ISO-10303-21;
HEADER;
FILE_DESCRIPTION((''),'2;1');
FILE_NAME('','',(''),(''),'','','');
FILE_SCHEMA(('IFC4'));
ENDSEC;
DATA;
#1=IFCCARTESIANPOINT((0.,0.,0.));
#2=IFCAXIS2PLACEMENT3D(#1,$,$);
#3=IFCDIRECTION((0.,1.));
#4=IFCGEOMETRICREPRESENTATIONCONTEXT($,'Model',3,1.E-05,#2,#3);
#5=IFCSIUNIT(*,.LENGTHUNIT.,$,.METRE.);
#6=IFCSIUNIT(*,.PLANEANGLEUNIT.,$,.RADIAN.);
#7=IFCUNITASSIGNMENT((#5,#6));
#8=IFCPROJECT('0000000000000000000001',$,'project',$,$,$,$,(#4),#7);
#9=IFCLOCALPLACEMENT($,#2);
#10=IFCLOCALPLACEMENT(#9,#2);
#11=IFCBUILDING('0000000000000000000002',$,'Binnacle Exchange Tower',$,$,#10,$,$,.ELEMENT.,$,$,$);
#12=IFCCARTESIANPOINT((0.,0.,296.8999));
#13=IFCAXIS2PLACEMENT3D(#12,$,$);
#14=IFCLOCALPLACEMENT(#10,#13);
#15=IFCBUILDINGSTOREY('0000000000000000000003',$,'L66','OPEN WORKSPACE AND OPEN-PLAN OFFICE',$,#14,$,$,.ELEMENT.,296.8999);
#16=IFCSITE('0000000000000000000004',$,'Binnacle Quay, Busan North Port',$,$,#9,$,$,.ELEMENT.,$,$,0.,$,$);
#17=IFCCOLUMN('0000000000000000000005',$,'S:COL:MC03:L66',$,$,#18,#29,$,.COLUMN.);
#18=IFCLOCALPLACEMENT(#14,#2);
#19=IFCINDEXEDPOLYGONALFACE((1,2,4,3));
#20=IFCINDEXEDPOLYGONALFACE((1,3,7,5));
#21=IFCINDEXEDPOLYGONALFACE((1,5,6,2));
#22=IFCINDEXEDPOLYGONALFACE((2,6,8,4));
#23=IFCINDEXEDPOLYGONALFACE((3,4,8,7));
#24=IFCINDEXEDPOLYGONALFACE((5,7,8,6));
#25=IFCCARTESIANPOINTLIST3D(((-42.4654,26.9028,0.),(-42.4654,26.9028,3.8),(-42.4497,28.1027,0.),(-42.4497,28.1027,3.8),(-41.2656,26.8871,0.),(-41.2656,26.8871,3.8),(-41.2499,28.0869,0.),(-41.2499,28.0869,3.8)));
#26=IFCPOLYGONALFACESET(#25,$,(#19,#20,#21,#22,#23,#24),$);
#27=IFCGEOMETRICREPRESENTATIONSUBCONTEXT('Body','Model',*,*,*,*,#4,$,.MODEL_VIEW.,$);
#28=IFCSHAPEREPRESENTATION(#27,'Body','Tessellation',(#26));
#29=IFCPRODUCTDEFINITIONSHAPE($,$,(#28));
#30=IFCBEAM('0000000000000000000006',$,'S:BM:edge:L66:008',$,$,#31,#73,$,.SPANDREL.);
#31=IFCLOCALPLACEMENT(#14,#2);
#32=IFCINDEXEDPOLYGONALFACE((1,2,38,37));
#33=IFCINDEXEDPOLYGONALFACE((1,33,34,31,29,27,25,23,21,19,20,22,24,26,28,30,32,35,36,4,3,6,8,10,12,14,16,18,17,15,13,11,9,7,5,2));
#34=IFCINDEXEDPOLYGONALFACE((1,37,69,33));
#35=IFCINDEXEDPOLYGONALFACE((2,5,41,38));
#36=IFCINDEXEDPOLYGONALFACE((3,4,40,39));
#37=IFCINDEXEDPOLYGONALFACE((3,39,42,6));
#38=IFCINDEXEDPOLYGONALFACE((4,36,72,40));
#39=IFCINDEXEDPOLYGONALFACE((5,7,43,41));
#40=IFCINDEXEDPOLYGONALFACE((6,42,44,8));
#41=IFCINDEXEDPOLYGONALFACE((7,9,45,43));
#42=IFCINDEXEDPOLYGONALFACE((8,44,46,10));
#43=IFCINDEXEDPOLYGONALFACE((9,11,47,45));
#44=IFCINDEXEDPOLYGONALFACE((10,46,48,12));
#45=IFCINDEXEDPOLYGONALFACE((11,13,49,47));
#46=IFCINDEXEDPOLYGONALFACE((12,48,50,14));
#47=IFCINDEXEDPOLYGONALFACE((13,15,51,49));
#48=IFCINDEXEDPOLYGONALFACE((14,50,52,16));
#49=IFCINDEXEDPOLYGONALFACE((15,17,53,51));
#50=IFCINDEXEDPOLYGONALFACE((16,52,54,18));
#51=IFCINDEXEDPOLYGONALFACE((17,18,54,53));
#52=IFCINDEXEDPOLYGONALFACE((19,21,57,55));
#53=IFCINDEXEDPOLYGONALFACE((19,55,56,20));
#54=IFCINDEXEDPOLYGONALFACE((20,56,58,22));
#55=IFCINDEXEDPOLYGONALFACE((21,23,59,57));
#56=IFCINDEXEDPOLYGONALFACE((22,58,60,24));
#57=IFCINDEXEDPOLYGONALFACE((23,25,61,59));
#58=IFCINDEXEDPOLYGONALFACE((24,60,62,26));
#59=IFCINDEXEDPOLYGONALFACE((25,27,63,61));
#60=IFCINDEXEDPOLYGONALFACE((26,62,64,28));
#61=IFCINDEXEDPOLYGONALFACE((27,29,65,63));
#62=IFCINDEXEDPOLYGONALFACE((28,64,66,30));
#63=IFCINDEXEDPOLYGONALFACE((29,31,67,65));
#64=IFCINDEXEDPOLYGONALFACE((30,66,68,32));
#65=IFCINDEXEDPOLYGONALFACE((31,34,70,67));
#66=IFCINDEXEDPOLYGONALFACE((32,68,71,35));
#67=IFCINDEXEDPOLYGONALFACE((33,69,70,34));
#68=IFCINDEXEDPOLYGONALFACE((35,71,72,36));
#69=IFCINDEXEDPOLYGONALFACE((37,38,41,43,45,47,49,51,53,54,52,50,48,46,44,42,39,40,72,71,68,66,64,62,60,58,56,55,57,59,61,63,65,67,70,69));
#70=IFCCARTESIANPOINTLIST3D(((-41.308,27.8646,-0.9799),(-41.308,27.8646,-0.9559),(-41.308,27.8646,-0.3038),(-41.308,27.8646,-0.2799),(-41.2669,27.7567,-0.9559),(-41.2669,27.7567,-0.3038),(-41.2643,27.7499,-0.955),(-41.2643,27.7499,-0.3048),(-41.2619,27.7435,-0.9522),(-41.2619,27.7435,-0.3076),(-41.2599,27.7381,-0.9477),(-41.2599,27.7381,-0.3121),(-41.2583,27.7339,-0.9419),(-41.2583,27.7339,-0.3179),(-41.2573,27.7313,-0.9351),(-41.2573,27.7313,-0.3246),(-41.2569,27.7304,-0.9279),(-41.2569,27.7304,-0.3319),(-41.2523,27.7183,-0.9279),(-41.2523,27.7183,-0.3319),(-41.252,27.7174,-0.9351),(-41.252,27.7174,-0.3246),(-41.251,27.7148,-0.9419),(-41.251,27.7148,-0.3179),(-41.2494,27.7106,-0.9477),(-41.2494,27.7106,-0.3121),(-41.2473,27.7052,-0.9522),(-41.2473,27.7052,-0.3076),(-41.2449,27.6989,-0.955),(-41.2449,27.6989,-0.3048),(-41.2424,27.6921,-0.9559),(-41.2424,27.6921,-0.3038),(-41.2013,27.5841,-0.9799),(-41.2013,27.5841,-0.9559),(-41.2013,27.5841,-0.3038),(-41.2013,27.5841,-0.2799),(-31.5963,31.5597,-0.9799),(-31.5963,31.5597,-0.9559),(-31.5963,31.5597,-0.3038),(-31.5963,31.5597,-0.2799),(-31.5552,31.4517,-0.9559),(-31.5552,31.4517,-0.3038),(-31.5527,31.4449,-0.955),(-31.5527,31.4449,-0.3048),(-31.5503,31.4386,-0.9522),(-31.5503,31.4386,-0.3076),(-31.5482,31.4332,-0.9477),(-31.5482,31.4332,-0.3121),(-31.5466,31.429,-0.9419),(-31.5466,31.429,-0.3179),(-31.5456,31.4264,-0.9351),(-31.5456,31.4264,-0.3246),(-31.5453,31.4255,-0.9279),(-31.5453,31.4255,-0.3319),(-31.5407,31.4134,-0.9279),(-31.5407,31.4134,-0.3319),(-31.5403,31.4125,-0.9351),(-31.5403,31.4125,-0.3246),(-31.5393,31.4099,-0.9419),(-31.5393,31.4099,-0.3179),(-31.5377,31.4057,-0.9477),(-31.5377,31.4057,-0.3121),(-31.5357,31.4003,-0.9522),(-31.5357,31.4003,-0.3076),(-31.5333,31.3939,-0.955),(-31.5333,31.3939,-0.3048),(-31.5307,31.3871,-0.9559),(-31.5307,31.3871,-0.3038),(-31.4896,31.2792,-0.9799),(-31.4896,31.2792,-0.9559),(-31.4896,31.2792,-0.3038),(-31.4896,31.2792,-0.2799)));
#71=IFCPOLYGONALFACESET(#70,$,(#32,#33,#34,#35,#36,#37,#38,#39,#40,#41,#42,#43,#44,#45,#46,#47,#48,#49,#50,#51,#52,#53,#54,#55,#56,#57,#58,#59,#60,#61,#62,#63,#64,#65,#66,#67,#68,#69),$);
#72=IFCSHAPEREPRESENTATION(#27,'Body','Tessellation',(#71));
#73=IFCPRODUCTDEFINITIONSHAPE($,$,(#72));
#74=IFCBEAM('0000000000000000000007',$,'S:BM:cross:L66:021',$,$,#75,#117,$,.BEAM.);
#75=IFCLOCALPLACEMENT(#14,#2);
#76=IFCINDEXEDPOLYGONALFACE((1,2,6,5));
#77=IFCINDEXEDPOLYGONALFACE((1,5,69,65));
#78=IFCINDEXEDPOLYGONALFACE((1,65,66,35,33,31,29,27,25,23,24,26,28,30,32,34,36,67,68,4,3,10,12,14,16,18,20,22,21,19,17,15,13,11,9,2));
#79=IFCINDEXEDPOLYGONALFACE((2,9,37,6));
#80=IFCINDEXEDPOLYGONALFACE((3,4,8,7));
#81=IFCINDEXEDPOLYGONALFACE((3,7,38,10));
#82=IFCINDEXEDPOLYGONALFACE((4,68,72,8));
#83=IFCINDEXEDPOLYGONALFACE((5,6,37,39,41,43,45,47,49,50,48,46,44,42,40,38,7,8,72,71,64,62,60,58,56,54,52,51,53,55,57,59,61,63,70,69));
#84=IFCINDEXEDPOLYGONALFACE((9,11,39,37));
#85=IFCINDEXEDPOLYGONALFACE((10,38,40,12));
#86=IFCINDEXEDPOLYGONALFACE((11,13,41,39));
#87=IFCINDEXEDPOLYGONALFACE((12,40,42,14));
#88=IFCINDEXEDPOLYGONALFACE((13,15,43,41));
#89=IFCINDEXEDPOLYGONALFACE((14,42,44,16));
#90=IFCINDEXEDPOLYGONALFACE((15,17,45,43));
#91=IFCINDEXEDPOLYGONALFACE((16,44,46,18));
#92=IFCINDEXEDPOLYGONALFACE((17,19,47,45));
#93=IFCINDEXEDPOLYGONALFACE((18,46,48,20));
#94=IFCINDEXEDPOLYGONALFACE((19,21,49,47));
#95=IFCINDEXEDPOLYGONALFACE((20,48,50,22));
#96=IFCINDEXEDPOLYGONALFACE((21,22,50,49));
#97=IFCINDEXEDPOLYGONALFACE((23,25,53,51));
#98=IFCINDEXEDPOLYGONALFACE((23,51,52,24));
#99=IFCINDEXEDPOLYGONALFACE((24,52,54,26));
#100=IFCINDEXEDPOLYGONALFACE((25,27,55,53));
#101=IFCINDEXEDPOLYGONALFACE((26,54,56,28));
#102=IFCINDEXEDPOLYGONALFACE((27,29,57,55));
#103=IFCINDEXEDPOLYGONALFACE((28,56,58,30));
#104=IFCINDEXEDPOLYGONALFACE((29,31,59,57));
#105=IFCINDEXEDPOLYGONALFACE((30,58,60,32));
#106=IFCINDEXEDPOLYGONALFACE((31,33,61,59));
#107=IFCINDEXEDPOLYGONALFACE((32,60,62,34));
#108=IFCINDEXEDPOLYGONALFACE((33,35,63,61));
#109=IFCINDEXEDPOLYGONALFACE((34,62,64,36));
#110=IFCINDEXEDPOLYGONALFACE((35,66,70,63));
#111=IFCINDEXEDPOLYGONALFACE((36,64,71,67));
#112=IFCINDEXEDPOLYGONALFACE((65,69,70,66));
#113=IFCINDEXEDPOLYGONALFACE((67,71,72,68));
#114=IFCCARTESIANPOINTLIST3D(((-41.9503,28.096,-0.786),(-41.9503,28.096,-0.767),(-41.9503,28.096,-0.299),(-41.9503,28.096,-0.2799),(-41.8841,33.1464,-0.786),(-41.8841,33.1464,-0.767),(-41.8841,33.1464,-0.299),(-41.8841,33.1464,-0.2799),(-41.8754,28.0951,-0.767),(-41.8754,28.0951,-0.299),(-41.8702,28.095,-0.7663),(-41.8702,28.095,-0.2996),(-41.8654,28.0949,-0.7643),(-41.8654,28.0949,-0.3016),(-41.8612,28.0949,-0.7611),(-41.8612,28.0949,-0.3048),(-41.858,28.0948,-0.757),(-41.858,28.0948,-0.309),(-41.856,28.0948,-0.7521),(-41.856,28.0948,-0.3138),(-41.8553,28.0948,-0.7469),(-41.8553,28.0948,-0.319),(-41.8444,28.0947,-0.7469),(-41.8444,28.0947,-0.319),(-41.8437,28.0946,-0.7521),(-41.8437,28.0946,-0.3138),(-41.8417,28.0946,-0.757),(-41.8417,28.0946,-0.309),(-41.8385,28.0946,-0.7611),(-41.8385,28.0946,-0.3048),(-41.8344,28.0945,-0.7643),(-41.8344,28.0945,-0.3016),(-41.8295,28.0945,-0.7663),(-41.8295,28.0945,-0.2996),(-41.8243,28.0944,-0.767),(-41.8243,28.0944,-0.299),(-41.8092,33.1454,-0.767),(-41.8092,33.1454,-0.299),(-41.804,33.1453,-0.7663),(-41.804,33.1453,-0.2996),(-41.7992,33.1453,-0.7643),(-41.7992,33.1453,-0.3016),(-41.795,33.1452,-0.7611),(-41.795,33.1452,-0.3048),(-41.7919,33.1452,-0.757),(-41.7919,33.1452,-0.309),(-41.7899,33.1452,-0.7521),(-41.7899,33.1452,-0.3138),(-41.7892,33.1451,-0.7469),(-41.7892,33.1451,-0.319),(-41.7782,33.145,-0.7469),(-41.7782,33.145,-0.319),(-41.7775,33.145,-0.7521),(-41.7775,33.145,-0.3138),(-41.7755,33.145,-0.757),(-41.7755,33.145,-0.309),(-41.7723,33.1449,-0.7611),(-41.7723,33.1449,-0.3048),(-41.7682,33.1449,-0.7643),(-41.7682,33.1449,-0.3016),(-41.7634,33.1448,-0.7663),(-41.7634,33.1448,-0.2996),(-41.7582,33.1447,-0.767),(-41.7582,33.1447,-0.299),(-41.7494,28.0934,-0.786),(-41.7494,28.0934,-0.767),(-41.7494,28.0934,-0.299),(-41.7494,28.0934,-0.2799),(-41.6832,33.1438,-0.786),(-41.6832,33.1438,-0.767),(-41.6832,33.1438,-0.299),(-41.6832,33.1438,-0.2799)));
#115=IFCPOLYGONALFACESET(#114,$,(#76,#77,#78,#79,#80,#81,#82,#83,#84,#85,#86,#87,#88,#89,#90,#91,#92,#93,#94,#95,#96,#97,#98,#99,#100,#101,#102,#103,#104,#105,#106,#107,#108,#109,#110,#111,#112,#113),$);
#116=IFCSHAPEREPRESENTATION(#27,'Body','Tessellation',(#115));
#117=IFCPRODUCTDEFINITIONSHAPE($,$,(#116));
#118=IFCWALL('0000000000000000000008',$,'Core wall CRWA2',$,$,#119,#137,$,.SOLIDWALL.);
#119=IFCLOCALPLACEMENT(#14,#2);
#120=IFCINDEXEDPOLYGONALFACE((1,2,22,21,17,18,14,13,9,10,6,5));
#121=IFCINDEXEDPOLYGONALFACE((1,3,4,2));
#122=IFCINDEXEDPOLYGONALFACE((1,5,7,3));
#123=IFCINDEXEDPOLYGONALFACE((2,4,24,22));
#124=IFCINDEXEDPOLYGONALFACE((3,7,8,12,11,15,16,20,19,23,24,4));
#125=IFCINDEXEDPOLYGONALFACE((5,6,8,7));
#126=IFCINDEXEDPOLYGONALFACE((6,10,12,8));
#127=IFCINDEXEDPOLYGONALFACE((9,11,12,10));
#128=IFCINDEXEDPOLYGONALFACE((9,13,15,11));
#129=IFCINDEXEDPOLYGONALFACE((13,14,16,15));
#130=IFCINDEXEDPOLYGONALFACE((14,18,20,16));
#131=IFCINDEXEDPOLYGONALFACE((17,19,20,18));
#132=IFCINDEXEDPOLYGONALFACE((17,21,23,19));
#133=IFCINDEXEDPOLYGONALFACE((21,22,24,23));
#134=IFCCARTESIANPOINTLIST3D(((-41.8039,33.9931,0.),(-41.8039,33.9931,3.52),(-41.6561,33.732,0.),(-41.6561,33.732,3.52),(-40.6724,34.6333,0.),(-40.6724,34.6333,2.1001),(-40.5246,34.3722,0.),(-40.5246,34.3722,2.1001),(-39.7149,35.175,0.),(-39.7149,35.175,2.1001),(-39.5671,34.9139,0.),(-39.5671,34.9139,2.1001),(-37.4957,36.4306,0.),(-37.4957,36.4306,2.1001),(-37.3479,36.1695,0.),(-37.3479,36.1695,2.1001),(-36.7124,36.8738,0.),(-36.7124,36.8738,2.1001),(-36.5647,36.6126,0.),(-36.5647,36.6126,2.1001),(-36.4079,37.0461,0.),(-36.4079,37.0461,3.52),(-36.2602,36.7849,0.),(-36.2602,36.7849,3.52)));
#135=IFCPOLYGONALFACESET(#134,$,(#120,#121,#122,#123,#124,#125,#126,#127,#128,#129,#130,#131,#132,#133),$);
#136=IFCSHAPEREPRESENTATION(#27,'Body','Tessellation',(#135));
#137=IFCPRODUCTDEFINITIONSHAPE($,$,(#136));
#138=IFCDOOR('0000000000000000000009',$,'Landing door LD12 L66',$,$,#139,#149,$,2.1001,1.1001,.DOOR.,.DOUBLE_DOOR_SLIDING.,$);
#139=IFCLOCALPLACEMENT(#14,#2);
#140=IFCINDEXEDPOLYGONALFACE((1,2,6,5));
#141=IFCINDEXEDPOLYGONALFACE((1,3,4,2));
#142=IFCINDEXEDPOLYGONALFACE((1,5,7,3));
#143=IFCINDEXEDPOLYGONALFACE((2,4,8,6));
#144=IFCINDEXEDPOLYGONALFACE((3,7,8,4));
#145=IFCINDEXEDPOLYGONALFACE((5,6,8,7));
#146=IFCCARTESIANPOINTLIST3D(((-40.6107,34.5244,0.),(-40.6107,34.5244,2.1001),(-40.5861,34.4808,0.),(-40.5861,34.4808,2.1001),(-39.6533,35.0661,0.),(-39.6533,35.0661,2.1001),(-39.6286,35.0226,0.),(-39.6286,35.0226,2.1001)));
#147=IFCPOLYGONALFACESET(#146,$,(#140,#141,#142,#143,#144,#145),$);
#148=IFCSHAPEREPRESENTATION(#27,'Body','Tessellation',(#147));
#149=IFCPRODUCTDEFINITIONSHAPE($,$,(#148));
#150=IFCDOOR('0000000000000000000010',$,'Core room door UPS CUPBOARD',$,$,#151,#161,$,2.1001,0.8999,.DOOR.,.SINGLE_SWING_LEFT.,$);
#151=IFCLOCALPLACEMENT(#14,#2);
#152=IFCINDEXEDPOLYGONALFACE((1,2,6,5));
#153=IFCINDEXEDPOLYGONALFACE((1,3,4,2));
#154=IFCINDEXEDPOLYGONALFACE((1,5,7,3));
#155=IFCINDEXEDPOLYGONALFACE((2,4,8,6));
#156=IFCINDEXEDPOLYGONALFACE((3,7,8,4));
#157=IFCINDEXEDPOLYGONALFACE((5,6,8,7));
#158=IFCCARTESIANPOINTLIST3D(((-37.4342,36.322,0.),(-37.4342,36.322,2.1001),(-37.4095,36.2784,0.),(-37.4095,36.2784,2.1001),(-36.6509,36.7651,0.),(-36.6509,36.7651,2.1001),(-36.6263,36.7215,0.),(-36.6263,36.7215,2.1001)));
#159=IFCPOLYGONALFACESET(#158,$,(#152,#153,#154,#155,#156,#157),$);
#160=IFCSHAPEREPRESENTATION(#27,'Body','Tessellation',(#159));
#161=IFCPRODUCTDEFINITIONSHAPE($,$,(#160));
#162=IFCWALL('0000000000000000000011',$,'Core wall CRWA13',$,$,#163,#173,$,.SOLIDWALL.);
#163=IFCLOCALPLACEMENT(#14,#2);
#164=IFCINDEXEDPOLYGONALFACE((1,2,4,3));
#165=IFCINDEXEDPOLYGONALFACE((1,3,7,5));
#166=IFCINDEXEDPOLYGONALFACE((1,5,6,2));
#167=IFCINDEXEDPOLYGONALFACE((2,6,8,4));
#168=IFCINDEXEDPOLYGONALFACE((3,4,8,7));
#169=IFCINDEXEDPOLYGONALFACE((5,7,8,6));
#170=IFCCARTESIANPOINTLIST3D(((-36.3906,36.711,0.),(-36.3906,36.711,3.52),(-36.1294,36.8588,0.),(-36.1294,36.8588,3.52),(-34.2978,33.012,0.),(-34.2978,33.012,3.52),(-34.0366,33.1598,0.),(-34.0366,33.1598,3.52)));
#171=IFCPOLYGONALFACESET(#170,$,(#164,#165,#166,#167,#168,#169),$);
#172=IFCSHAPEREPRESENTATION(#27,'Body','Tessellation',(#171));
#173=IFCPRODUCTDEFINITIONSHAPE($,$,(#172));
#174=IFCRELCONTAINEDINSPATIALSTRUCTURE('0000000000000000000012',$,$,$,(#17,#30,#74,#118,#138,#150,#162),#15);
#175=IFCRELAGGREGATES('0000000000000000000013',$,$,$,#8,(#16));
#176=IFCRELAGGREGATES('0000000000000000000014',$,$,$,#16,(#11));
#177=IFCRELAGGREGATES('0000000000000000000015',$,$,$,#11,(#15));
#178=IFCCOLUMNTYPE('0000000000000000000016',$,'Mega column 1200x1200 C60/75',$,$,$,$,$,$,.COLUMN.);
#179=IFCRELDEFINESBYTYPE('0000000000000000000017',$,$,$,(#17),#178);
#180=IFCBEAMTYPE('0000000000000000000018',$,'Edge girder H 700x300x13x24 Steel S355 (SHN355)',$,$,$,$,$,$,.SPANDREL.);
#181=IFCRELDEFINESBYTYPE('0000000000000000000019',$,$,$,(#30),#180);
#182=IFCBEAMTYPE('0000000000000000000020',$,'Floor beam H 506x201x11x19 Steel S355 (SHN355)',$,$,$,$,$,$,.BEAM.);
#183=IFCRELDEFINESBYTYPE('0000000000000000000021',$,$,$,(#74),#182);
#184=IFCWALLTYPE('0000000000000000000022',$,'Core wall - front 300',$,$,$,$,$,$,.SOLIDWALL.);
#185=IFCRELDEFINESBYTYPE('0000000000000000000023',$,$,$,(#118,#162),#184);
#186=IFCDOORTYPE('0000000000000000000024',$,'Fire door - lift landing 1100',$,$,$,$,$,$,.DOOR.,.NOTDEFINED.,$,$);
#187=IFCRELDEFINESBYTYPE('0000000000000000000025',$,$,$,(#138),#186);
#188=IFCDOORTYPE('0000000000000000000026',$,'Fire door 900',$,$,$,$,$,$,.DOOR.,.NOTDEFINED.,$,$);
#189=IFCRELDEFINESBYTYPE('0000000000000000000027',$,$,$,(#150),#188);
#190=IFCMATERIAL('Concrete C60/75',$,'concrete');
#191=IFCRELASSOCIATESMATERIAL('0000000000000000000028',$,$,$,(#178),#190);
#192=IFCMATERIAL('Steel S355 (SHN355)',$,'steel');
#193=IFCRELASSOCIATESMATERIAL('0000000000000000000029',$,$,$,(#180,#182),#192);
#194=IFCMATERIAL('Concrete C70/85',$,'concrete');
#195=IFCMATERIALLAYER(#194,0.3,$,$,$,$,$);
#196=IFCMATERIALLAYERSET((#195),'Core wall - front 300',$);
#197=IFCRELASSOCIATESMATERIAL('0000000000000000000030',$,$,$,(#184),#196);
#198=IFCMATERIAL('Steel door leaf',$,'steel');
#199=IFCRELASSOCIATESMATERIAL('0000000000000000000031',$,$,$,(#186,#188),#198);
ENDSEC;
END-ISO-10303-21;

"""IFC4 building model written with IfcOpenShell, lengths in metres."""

from ifc_helpers import new_model, si_unit, direction, frame, frame_2d, origin, origin_2d, place, context, subcontext, project, spatial, rectangle, i_section, extrude, material, layer, layer_set, material_profile, profile_set, type_object, element, fill, save


model = new_model("IFC4")

# Units and contexts
model_context = context("Model", 3, precision=1e-05, world=origin(), true_north=direction((0.0, 1.0)))
body_context = subcontext(model_context, "Body", "Model", "MODEL_VIEW")
ifc_project = project(units=[si_unit("LENGTHUNIT", "METRE"), si_unit("PLANEANGLEUNIT", "RADIAN")], contexts=[model_context])

# Site, building, storey
site_placement = place(None, origin())
site = spatial("IfcSite", under=ifc_project, at=site_placement, Name="Binnacle Quay, Busan North Port", CompositionType="ELEMENT", RefElevation=0.0)
building_placement = place(site_placement, origin())
building = spatial("IfcBuilding", under=site, at=building_placement, Name="Binnacle Exchange Tower", CompositionType="ELEMENT")
storey_placement = place(building_placement, frame((0.0, 0.0, 296.8999)))
storey = spatial("IfcBuildingStorey", under=building, at=storey_placement, Name="L66", Description="OPEN WORKSPACE AND OPEN-PLAN OFFICE", CompositionType="ELEMENT", Elevation=296.8999)

# Column
ifc_material_1 = material(Name="Concrete C60/75", Category="concrete")
ifc_material_profile_1 = material_profile(ifc_material_1, rectangle(XDim=1.2, YDim=1.2, at=origin_2d()), Name="Mega column 1200x1200 C60/75")
ifc_profile_set_1 = profile_set([ifc_material_profile_1], Name="Concrete C60/75")
column_type = type_object("IfcColumnType", Name="Mega column 1200x1200 C60/75", PredefinedType="COLUMN", material=ifc_profile_set_1)
column_placement = place(storey_placement, frame((-41.8577, 27.4949, 0.0), z_axis=(0.0, 0.0, 1.0), x_axis=(0.999914, -0.01309, 0.0)))
element("IfcColumn", 1, at=column_placement, inside=storey, type_object=column_type, Name="S:COL:MC03:L66", PredefinedType="COLUMN", context=body_context, shape_type="SweptSolid", body=[
    extrude(rectangle(XDim=1.2, YDim=1.2, at=origin_2d()), origin(), (0.0, 0.0, 1.0), 3.8),
])

# Beams
ifc_material_2 = material(Name="Steel S355 (SHN355)", Category="steel")
ifc_material_profile_2 = material_profile(ifc_material_2, i_section(OverallWidth=0.3, OverallDepth=0.7, WebThickness=0.0129, FlangeThickness=0.0239, FilletRadius=0.0281, at=origin_2d()), Name="H 700x300x13x24")
ifc_profile_set_2 = profile_set([ifc_material_profile_2], Name="Steel S355 (SHN355)")
beam_type_1 = type_object("IfcBeamType", Name="Edge girder H 700x300x13x24 Steel S355 (SHN355)", PredefinedType="SPANDREL", material=ifc_profile_set_2)
beam_1_placement = place(storey_placement, frame((-41.2546, 27.7244, -0.6299), z_axis=(0.934635, 0.355607, 0.0), x_axis=(-0.355607, 0.934635, 0.0)))
element("IfcBeam", 2, at=beam_1_placement, inside=storey, type_object=beam_type_1, Name="S:BM:edge:L66:008", PredefinedType="SPANDREL", context=body_context, shape_type="SweptSolid", body=[
    extrude(i_section(OverallWidth=0.3, OverallDepth=0.7, WebThickness=0.0129, FlangeThickness=0.0239, FilletRadius=0.0281, at=origin_2d()), origin(), (0.0, 0.0, 1.0), 10.3909),
])
ifc_material_profile_3 = material_profile(ifc_material_2, i_section(OverallWidth=0.2009, OverallDepth=0.5061, WebThickness=0.011, FlangeThickness=0.019, FilletRadius=0.02, at=origin_2d()), Name="H 506x201x11x19")
ifc_profile_set_3 = profile_set([ifc_material_profile_3], Name="Steel S355 (SHN355)")
beam_type_2 = type_object("IfcBeamType", Name="Floor beam H 506x201x11x19 Steel S355 (SHN355)", PredefinedType="BEAM", material=ifc_profile_set_3)
beam_2_placement = place(storey_placement, frame((-41.8499, 28.0947, -0.533), z_axis=(0.0131, 0.999914, 0.0), x_axis=(-0.999914, 0.0131, 0.0)))
element("IfcBeam", 3, at=beam_2_placement, inside=storey, type_object=beam_type_2, Name="S:BM:cross:L66:021", PredefinedType="BEAM", context=body_context, shape_type="SweptSolid", body=[
    extrude(i_section(OverallWidth=0.2009, OverallDepth=0.5061, WebThickness=0.011, FlangeThickness=0.019, FilletRadius=0.02, at=origin_2d()), origin(), (0.0, 0.0, 1.0), 5.0508),
])

# Wall, openings, doors
ifc_material_3 = material(Name="Concrete C70/85", Category="concrete")
ifc_layer_1 = layer(ifc_material_3, 0.3)
ifc_layer_set_1 = layer_set([ifc_layer_1], Name="Core wall - front 300")
wall_type_1 = type_object("IfcWallType", Name="Core wall - front 300", PredefinedType="SOLIDWALL", material=ifc_layer_set_1)
wall_1_placement = place(storey_placement, frame((-41.73, 33.8625, 0.0), z_axis=(0.0, 0.0, 1.0), x_axis=(0.870351, 0.492432, 0.0)))
wall_1 = element("IfcWall", 4, at=wall_1_placement, inside=storey, type_object=wall_type_1, Name="Core wall CRWA2", PredefinedType="SOLIDWALL", context=body_context, shape_type="SweptSolid", body=[
    extrude(rectangle(XDim=6.1997, YDim=0.3, at=frame_2d((3.0999, 0.0))), origin(), (0.0, 0.0, 1.0), 3.52),
])
opening_1_placement = place(wall_1_placement, frame((1.3, 0.0, 0.0)))
opening_1 = element("IfcOpeningElement", 5, at=opening_1_placement, cuts=wall_1, PredefinedType="OPENING", context=body_context, shape_type="SweptSolid", body=[
    extrude(rectangle(XDim=1.1001, YDim=2.1001, at=frame_2d((0.55, 1.05))), frame((0.0, 0.1599, 0.0), z_axis=(0.0, -1.0, 0.0), x_axis=(1.0, 0.0, 0.0)), (0.0, 0.0, 1.0), 0.3201),
])
opening_2_placement = place(wall_1_placement, frame((4.95, 0.0, 0.0)))
opening_2 = element("IfcOpeningElement", 6, at=opening_2_placement, cuts=wall_1, PredefinedType="OPENING", context=body_context, shape_type="SweptSolid", body=[
    extrude(rectangle(XDim=0.8999, YDim=2.1001, at=frame_2d((0.45, 1.05))), frame((0.0, 0.1599, 0.0), z_axis=(0.0, -1.0, 0.0), x_axis=(1.0, 0.0, 0.0)), (0.0, 0.0, 1.0), 0.3201),
])
ifc_material_4 = material(Name="Steel door leaf", Category="steel")
door_type_1 = type_object("IfcDoorType", Name="Fire door - lift landing 1100", OperationType="NOTDEFINED", PredefinedType="DOOR", material=ifc_material_4)
door_1_placement = place(opening_1_placement, origin())
door_1 = element("IfcDoor", 7, at=door_1_placement, inside=storey, type_object=door_type_1, Name="Landing door LD12 L66", OperationType="DOUBLE_DOOR_SLIDING", OverallHeight=2.1001, OverallWidth=1.1001, PredefinedType="DOOR", context=body_context, shape_type="SweptSolid", body=[
    extrude(rectangle(XDim=1.1001, YDim=2.1001, at=frame_2d((0.55, 1.05))), frame((0.0, 0.0249, 0.0), z_axis=(0.0, -1.0, 0.0), x_axis=(1.0, 0.0, 0.0)), (0.0, 0.0, 1.0), 0.05),
])
fill(opening_1, door_1)
door_type_2 = type_object("IfcDoorType", Name="Fire door 900", OperationType="NOTDEFINED", PredefinedType="DOOR", material=ifc_material_4)
door_2_placement = place(opening_2_placement, frame((0.8999, 0.0, 0.0), z_axis=(0.0, 0.0, 1.0), x_axis=(-1.0, 0.0, 0.0)))
door_2 = element("IfcDoor", 8, at=door_2_placement, inside=storey, type_object=door_type_2, Name="Core room door UPS CUPBOARD", OperationType="SINGLE_SWING_LEFT", OverallHeight=2.1001, OverallWidth=0.8999, PredefinedType="DOOR", context=body_context, shape_type="SweptSolid", body=[
    extrude(rectangle(XDim=0.8999, YDim=2.1001, at=frame_2d((0.45, 1.05))), frame((0.0, 0.0249, 0.0), z_axis=(0.0, -1.0, 0.0), x_axis=(1.0, 0.0, 0.0)), (0.0, 0.0, 1.0), 0.05),
])
fill(opening_2, door_2)

# Wall
wall_2_placement = place(storey_placement, frame((-36.26, 36.7849, 0.0), z_axis=(0.0, 0.0, 1.0), x_axis=(0.492423, -0.870356, 0.0)))
element("IfcWall", 9, at=wall_2_placement, inside=storey, type_object=wall_type_1, Name="Core wall CRWA13", PredefinedType="SOLIDWALL", context=body_context, shape_type="SweptSolid", body=[
    extrude(rectangle(XDim=4.25, YDim=0.3, at=frame_2d((2.125, 0.0))), origin(), (0.0, 0.0, 1.0), 3.52),
])

save(model, "model.ifc")
